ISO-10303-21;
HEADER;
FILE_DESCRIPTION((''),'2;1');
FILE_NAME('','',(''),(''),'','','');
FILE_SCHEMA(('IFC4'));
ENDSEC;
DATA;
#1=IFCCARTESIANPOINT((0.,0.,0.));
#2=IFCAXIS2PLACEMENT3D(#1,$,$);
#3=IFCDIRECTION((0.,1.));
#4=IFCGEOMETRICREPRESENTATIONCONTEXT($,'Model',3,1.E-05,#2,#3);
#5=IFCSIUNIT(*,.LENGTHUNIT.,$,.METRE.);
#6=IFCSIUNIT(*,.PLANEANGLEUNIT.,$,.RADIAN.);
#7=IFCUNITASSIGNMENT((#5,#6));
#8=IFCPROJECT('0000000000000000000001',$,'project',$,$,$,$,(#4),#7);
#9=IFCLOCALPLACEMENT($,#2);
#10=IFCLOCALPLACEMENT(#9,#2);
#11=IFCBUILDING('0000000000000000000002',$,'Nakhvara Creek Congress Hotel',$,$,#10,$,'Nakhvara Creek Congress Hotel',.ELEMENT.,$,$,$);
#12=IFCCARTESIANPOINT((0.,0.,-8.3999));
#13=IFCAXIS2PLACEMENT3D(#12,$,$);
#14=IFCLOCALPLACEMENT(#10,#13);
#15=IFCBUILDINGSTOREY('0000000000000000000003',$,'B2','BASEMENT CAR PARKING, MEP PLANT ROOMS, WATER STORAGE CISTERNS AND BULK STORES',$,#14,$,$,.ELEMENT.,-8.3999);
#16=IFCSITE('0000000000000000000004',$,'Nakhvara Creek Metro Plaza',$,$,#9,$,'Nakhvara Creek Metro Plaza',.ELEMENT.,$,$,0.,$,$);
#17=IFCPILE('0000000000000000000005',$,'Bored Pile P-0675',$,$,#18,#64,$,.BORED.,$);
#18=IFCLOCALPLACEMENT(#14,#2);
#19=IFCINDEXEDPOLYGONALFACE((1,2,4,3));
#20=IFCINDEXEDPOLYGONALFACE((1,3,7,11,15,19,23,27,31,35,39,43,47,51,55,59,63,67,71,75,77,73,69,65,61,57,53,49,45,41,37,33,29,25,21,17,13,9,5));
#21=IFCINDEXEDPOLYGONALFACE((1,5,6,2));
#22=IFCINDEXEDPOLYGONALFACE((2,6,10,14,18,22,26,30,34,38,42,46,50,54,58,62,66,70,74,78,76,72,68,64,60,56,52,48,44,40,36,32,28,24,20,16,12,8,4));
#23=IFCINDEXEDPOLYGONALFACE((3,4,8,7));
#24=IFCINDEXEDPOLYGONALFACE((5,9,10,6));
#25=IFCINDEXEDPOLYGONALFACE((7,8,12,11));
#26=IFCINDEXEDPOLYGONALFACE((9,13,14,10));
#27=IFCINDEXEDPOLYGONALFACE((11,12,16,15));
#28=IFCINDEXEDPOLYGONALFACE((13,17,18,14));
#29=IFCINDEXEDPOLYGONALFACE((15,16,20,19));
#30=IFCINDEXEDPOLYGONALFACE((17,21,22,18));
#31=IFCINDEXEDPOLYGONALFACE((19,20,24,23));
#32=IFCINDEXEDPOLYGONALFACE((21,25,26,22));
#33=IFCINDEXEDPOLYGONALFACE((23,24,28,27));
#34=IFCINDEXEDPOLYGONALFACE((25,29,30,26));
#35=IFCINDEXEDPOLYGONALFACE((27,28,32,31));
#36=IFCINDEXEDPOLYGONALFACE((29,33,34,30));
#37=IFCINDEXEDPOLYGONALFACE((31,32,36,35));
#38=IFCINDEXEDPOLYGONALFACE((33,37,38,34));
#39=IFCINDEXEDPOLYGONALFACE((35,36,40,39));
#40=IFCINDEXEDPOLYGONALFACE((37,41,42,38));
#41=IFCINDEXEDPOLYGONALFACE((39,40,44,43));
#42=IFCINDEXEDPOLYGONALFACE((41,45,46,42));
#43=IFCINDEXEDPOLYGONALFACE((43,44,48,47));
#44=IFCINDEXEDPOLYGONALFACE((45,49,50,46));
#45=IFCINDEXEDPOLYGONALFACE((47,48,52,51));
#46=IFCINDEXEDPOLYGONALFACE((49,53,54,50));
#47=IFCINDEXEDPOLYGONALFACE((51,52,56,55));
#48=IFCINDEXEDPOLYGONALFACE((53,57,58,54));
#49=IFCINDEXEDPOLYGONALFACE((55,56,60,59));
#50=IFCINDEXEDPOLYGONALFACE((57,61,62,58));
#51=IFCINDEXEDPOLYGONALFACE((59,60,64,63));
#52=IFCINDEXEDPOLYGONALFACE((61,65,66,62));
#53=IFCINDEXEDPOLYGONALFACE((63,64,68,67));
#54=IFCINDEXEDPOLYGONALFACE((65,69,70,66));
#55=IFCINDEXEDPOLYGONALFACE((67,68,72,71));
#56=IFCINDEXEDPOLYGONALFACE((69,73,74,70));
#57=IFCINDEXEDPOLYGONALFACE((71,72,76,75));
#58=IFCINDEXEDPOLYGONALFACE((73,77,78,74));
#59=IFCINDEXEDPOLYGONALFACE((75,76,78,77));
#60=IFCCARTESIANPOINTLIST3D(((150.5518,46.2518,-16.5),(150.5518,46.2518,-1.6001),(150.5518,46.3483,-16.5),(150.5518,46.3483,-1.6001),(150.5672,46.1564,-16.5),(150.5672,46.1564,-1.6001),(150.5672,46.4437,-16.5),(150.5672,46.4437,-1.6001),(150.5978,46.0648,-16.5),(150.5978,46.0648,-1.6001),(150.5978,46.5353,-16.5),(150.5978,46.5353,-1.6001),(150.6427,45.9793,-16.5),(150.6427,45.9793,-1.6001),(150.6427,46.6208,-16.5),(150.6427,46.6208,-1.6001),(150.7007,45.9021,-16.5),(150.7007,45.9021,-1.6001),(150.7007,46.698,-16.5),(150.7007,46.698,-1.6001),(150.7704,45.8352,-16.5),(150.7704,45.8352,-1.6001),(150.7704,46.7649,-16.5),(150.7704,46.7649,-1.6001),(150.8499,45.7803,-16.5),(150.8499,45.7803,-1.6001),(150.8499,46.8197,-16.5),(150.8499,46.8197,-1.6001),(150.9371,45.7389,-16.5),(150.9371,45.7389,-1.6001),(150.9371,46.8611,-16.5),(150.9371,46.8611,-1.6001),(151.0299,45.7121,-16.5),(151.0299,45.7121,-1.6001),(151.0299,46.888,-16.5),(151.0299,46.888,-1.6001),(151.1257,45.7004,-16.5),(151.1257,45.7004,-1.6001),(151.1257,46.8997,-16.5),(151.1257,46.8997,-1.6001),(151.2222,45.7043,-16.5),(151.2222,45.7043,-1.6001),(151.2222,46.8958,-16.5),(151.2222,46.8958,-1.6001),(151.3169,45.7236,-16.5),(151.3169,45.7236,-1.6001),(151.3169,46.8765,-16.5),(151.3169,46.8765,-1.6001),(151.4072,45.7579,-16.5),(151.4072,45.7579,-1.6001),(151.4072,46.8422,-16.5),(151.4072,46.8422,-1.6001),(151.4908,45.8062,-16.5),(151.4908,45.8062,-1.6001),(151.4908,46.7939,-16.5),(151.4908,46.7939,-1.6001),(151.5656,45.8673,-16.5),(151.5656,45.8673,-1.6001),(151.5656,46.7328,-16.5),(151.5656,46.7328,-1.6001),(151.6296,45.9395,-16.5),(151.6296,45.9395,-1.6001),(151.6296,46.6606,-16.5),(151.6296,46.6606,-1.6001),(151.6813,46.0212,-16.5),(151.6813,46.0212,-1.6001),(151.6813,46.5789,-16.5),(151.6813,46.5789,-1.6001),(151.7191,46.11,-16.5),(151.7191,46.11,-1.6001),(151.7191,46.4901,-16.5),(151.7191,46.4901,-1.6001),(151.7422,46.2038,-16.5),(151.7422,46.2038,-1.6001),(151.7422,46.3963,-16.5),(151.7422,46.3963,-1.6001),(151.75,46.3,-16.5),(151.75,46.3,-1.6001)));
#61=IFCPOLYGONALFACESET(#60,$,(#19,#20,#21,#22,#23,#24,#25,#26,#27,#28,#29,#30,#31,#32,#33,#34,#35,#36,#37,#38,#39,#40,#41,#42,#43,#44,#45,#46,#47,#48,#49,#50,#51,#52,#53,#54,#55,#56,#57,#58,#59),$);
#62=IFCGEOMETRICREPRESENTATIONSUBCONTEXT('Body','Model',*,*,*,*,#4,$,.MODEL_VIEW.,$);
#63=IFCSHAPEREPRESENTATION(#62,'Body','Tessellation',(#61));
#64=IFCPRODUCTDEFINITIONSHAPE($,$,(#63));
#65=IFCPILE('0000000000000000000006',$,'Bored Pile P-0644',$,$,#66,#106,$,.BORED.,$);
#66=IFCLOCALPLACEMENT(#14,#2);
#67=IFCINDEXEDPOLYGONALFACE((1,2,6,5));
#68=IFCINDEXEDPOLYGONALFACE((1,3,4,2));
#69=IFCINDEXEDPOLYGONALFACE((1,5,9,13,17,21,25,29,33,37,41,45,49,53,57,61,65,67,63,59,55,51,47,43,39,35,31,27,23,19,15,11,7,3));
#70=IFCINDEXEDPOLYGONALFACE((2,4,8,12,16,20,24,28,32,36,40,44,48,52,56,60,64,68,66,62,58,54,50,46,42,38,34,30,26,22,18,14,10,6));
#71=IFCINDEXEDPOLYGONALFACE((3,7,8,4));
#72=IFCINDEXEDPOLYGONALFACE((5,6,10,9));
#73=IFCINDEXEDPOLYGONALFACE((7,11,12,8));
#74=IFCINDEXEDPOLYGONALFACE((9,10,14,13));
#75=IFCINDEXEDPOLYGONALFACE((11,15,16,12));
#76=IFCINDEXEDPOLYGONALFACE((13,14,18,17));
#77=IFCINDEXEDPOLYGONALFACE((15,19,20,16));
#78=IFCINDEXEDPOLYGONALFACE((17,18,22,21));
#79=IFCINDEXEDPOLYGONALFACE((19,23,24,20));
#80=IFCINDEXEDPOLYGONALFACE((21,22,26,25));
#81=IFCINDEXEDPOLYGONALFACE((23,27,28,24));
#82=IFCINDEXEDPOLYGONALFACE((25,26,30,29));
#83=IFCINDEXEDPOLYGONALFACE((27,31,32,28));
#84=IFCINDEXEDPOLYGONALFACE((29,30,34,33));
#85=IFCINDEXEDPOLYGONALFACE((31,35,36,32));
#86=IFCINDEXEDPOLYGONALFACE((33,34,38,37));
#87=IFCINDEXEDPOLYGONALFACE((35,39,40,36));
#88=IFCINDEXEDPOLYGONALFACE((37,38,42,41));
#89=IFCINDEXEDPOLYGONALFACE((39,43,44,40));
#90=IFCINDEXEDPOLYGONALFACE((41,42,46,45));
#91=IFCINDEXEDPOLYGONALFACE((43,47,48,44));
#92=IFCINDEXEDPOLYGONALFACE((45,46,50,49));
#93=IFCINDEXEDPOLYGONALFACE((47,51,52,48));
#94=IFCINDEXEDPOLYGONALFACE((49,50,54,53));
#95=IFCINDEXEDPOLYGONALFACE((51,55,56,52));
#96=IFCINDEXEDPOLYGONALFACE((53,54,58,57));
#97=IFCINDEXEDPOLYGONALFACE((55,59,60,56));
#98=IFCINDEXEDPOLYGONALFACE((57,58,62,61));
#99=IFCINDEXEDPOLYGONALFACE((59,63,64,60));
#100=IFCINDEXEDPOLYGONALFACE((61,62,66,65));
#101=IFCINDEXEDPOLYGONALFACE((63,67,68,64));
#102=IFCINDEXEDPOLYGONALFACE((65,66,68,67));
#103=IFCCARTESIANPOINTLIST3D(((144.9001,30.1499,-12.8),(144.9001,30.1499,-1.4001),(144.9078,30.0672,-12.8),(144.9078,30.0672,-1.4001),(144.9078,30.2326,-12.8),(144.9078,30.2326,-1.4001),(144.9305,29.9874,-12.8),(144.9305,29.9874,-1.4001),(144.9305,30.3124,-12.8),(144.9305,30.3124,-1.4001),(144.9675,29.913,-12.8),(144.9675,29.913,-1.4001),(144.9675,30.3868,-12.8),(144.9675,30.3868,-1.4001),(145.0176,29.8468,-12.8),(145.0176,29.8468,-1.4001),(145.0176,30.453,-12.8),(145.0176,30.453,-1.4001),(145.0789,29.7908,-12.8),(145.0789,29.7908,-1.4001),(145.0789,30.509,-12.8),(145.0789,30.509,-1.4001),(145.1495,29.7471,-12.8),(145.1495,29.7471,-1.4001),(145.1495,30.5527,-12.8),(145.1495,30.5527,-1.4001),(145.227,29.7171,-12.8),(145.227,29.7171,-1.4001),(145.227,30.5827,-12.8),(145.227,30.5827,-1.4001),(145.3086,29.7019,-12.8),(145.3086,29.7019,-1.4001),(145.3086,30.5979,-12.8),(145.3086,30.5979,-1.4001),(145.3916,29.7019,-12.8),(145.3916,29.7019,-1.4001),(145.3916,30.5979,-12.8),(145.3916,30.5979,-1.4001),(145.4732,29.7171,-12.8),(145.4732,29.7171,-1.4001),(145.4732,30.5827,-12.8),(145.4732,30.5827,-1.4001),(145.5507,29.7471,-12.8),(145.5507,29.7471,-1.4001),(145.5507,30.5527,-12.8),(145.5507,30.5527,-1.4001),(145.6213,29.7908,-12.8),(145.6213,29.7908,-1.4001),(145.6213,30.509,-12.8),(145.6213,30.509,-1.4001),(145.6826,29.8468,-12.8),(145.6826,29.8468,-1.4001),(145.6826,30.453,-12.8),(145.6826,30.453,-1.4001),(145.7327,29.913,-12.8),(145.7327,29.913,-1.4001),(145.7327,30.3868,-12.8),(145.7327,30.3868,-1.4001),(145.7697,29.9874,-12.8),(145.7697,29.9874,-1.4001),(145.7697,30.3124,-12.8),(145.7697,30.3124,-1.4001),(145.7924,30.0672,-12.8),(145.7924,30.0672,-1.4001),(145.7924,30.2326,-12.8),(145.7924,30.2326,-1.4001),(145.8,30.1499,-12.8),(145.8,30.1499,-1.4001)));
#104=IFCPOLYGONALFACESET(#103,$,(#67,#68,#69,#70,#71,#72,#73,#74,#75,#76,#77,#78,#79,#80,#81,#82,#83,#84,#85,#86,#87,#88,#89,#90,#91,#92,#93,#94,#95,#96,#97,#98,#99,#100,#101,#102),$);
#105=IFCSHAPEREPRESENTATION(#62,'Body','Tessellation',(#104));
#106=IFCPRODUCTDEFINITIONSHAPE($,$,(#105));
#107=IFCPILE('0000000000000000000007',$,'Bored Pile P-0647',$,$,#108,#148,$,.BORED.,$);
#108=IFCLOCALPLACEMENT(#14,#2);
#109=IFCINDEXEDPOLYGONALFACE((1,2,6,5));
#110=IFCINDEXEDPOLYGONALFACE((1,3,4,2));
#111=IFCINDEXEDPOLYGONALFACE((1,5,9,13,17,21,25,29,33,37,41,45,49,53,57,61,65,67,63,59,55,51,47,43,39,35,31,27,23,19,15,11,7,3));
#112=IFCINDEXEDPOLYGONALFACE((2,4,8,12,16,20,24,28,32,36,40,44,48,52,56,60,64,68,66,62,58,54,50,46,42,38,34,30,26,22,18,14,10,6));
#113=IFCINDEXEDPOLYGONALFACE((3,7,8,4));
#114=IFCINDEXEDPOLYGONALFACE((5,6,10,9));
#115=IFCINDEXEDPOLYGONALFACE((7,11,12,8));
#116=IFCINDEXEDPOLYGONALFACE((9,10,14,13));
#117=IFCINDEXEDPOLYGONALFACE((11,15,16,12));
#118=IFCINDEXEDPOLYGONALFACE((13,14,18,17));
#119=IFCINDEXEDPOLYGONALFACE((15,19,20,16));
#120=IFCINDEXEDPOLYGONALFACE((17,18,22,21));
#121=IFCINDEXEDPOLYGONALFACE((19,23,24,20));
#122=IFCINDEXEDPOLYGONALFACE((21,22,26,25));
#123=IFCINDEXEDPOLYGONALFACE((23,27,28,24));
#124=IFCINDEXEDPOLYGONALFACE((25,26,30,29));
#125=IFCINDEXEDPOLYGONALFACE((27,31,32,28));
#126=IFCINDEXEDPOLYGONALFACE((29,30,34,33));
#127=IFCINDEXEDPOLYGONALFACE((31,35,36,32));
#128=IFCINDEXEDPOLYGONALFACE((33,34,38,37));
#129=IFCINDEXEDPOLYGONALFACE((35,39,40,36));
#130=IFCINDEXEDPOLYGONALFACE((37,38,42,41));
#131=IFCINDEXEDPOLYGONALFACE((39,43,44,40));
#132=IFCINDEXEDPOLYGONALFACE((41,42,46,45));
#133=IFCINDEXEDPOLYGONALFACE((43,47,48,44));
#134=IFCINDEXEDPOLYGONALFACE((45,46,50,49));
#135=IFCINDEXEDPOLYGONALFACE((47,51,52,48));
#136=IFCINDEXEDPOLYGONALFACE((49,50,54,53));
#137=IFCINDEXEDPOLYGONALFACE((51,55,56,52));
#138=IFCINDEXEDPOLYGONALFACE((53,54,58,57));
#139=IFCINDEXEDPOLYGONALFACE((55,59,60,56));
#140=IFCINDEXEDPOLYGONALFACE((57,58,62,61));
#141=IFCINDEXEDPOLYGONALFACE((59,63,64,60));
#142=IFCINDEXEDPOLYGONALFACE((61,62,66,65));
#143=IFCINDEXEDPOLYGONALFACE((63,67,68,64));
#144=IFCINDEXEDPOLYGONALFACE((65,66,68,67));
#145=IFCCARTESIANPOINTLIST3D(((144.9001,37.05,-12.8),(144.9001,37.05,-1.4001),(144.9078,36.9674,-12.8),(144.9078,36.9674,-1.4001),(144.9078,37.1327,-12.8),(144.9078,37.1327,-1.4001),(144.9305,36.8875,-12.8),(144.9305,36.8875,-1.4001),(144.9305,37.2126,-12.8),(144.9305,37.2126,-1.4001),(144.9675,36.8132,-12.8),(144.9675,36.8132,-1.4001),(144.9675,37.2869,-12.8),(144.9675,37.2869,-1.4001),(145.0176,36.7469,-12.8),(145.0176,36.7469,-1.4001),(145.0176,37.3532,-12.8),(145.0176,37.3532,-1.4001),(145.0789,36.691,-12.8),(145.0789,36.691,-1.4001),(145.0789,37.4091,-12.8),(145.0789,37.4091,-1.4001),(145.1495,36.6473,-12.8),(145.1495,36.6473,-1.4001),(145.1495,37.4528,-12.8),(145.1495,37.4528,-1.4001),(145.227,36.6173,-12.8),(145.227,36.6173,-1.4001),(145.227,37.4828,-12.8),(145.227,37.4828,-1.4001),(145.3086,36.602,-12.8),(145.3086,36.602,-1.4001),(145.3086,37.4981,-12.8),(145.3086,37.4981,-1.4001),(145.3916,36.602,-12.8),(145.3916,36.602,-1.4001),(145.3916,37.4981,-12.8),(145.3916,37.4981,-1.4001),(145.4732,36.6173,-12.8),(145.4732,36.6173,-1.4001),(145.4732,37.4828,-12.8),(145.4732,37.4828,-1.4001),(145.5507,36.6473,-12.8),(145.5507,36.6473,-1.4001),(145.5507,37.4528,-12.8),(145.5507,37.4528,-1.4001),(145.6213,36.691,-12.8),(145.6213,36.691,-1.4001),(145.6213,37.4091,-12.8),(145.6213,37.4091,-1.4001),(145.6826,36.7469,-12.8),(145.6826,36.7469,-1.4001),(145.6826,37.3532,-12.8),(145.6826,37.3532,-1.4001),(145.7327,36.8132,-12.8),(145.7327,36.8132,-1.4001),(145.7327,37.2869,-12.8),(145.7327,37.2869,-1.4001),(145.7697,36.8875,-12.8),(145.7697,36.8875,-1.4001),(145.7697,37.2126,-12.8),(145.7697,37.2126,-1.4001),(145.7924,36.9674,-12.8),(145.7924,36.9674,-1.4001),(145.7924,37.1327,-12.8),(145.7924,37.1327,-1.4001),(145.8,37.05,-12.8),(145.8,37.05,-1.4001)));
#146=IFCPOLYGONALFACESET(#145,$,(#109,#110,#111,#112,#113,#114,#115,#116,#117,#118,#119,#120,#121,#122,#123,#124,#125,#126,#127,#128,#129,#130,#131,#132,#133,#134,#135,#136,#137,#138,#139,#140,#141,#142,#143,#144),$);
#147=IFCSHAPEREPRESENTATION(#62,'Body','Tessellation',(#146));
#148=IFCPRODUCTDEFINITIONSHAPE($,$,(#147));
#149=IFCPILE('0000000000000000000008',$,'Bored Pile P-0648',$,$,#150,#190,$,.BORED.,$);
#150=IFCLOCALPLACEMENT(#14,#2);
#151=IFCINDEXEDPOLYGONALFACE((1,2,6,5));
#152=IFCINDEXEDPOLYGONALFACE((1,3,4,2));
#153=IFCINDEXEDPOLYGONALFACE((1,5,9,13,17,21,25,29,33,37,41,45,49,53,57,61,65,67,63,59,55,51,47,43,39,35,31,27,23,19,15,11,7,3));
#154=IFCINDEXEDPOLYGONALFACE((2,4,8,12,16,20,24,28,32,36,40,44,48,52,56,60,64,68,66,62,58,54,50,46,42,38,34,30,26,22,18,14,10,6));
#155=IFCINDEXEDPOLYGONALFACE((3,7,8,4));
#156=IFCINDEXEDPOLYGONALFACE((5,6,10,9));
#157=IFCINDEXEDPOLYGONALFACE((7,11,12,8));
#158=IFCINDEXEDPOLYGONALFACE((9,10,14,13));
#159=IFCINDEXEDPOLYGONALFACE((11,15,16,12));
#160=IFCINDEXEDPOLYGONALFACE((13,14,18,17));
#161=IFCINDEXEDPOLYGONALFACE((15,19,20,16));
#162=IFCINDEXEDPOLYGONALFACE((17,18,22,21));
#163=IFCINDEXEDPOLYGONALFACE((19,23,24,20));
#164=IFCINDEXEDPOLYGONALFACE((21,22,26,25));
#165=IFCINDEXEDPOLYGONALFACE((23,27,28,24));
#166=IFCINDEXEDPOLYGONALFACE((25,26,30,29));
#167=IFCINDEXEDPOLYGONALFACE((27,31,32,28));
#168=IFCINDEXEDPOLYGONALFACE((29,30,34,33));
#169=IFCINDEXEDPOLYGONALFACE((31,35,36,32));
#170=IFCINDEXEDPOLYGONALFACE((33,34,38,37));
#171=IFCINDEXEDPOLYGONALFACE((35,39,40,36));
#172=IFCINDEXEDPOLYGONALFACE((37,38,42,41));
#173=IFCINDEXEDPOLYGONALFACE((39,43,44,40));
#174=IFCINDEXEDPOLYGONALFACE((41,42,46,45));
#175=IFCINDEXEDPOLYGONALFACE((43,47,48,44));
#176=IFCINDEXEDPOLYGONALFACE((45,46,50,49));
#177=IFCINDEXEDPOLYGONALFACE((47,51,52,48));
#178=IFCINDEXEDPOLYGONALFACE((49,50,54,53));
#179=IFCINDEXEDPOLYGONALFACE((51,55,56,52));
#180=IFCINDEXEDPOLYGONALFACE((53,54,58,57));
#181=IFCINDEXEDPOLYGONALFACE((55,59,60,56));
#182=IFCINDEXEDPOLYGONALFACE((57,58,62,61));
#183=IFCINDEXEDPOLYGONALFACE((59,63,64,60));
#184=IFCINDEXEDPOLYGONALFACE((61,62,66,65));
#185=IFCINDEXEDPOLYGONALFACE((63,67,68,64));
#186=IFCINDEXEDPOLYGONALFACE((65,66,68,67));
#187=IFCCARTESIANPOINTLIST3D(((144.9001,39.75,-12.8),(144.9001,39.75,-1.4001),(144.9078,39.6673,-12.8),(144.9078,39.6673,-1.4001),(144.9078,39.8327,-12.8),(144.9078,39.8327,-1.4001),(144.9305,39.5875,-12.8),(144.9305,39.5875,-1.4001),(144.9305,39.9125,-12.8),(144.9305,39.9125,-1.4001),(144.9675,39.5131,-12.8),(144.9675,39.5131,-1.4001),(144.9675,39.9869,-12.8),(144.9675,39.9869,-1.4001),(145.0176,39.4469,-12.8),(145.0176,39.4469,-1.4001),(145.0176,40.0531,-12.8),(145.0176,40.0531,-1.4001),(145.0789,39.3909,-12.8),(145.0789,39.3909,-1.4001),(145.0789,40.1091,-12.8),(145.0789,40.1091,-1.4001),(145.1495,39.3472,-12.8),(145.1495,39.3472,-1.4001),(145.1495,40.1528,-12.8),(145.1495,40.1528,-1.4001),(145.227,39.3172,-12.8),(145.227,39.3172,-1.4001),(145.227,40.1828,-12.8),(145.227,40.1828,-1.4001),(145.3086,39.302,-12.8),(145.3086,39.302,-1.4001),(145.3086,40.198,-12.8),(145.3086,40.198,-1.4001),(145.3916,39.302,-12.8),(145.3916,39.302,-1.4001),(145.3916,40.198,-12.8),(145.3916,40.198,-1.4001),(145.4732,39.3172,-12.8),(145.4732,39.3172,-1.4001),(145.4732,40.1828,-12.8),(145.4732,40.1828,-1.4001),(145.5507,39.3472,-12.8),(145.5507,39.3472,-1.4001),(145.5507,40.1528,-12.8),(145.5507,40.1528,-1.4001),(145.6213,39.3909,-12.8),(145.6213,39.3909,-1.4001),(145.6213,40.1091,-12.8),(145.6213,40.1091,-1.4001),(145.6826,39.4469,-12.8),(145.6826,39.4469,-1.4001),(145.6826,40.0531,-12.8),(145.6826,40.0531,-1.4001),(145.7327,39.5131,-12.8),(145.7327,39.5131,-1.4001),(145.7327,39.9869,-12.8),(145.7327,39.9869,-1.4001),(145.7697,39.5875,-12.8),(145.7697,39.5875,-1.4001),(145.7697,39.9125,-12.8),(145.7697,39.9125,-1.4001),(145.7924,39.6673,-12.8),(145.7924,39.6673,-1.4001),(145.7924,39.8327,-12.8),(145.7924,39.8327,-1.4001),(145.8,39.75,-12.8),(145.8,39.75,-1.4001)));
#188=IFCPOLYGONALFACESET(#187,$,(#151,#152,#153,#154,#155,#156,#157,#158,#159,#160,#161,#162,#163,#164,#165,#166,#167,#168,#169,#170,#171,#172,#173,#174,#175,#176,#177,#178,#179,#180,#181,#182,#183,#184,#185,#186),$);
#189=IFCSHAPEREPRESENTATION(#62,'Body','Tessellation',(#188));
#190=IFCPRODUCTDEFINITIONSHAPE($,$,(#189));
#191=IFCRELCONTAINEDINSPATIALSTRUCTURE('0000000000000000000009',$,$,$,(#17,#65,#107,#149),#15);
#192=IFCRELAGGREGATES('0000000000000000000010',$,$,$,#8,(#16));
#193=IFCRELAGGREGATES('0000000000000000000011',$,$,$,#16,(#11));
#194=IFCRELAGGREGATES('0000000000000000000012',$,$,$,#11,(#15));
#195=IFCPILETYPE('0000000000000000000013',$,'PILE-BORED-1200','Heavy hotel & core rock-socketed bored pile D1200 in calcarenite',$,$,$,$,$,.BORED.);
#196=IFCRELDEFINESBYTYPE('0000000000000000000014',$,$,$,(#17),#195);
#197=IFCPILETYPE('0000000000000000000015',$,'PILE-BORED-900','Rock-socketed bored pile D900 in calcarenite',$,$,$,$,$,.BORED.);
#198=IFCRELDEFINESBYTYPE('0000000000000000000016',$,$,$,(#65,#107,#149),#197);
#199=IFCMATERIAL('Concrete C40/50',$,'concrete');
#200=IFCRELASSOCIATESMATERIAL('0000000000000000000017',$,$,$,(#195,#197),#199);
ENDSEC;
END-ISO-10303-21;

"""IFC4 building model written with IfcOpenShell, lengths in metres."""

from ifc_helpers import new_model, si_unit, direction, frame, origin, origin_2d, place, context, subcontext, project, spatial, circle, extrude, material, material_profile, profile_set, type_object, element, save


model = new_model("IFC4")

# Units and contexts
model_context = context("Model", 3, precision=1e-05, world=origin(), true_north=direction((0.0, 1.0)))
body_context = subcontext(model_context, "Body", "Model", "MODEL_VIEW")
ifc_project = project(units=[si_unit("LENGTHUNIT", "METRE"), si_unit("PLANEANGLEUNIT", "RADIAN")], contexts=[model_context])

# Site, building, storey
site_placement = place(None, origin())
site = spatial("IfcSite", under=ifc_project, at=site_placement, Name="Nakhvara Creek Metro Plaza", LongName="Nakhvara Creek Metro Plaza", CompositionType="ELEMENT", RefElevation=0.0)
building_placement = place(site_placement, origin())
building = spatial("IfcBuilding", under=site, at=building_placement, Name="Nakhvara Creek Congress Hotel", LongName="Nakhvara Creek Congress Hotel", CompositionType="ELEMENT")
storey_placement = place(building_placement, frame((0.0, 0.0, -8.3999)))
storey = spatial("IfcBuildingStorey", under=building, at=storey_placement, Name="B2", Description="BASEMENT CAR PARKING, MEP PLANT ROOMS, WATER STORAGE CISTERNS AND BULK STORES", CompositionType="ELEMENT", Elevation=-8.3999)

# Shared definitions
ifc_material_1 = material(Name="Concrete C40/50", Category="concrete")

# Piles
ifc_material_profile_1 = material_profile(ifc_material_1, circle(Radius=0.6001, at=origin_2d()), Name="BORED PILE D1200", Category="LoadBearing")
ifc_profile_set_1 = profile_set([ifc_material_profile_1], Name="Concrete C40/50")
pile_type_1 = type_object("IfcPileType", Name="PILE-BORED-1200", Description="Heavy hotel & core rock-socketed bored pile D1200 in calcarenite", PredefinedType="BORED", material=ifc_profile_set_1)
for number, where, z_axis, x_axis, name in (
    (1, (151.1499, 46.3, -1.6001), (0.0, 0.0, -1.0), (1.0, 0.0, 0.0), "Bored Pile P-0675"),
):
    element("IfcPile", number, at=place(storey_placement, frame(where, z_axis=z_axis, x_axis=x_axis)), inside=storey, type_object=pile_type_1, Name=name, PredefinedType="BORED", context=body_context, shape_type="SweptSolid", body=[
        extrude(circle(Radius=0.6001, at=origin_2d()), origin(), (0.0, 0.0, 1.0), 14.8999),
    ])
ifc_material_profile_2 = material_profile(ifc_material_1, circle(Radius=0.45, at=origin_2d()), Name="BORED PILE D900", Category="LoadBearing")
ifc_profile_set_2 = profile_set([ifc_material_profile_2], Name="Concrete C40/50")
pile_type_2 = type_object("IfcPileType", Name="PILE-BORED-900", Description="Rock-socketed bored pile D900 in calcarenite", PredefinedType="BORED", material=ifc_profile_set_2)
for number, where, z_axis, x_axis, name in (
    (2, (145.3501, 30.1499, -1.4001), (0.0, 0.0, -1.0), (1.0, 0.0, 0.0), "Bored Pile P-0644"),
    (3, (145.3501, 37.05, -1.4001), (0.0, 0.0, -1.0), (1.0, 0.0, 0.0), "Bored Pile P-0647"),
    (4, (145.3501, 39.75, -1.4001), (0.0, 0.0, -1.0), (1.0, 0.0, 0.0), "Bored Pile P-0648"),
):
    element("IfcPile", number, at=place(storey_placement, frame(where, z_axis=z_axis, x_axis=x_axis)), inside=storey, type_object=pile_type_2, Name=name, PredefinedType="BORED", context=body_context, shape_type="SweptSolid", body=[
        extrude(circle(Radius=0.45, at=origin_2d()), origin(), (0.0, 0.0, 1.0), 11.3999),
    ])

save(model, "model.ifc")
